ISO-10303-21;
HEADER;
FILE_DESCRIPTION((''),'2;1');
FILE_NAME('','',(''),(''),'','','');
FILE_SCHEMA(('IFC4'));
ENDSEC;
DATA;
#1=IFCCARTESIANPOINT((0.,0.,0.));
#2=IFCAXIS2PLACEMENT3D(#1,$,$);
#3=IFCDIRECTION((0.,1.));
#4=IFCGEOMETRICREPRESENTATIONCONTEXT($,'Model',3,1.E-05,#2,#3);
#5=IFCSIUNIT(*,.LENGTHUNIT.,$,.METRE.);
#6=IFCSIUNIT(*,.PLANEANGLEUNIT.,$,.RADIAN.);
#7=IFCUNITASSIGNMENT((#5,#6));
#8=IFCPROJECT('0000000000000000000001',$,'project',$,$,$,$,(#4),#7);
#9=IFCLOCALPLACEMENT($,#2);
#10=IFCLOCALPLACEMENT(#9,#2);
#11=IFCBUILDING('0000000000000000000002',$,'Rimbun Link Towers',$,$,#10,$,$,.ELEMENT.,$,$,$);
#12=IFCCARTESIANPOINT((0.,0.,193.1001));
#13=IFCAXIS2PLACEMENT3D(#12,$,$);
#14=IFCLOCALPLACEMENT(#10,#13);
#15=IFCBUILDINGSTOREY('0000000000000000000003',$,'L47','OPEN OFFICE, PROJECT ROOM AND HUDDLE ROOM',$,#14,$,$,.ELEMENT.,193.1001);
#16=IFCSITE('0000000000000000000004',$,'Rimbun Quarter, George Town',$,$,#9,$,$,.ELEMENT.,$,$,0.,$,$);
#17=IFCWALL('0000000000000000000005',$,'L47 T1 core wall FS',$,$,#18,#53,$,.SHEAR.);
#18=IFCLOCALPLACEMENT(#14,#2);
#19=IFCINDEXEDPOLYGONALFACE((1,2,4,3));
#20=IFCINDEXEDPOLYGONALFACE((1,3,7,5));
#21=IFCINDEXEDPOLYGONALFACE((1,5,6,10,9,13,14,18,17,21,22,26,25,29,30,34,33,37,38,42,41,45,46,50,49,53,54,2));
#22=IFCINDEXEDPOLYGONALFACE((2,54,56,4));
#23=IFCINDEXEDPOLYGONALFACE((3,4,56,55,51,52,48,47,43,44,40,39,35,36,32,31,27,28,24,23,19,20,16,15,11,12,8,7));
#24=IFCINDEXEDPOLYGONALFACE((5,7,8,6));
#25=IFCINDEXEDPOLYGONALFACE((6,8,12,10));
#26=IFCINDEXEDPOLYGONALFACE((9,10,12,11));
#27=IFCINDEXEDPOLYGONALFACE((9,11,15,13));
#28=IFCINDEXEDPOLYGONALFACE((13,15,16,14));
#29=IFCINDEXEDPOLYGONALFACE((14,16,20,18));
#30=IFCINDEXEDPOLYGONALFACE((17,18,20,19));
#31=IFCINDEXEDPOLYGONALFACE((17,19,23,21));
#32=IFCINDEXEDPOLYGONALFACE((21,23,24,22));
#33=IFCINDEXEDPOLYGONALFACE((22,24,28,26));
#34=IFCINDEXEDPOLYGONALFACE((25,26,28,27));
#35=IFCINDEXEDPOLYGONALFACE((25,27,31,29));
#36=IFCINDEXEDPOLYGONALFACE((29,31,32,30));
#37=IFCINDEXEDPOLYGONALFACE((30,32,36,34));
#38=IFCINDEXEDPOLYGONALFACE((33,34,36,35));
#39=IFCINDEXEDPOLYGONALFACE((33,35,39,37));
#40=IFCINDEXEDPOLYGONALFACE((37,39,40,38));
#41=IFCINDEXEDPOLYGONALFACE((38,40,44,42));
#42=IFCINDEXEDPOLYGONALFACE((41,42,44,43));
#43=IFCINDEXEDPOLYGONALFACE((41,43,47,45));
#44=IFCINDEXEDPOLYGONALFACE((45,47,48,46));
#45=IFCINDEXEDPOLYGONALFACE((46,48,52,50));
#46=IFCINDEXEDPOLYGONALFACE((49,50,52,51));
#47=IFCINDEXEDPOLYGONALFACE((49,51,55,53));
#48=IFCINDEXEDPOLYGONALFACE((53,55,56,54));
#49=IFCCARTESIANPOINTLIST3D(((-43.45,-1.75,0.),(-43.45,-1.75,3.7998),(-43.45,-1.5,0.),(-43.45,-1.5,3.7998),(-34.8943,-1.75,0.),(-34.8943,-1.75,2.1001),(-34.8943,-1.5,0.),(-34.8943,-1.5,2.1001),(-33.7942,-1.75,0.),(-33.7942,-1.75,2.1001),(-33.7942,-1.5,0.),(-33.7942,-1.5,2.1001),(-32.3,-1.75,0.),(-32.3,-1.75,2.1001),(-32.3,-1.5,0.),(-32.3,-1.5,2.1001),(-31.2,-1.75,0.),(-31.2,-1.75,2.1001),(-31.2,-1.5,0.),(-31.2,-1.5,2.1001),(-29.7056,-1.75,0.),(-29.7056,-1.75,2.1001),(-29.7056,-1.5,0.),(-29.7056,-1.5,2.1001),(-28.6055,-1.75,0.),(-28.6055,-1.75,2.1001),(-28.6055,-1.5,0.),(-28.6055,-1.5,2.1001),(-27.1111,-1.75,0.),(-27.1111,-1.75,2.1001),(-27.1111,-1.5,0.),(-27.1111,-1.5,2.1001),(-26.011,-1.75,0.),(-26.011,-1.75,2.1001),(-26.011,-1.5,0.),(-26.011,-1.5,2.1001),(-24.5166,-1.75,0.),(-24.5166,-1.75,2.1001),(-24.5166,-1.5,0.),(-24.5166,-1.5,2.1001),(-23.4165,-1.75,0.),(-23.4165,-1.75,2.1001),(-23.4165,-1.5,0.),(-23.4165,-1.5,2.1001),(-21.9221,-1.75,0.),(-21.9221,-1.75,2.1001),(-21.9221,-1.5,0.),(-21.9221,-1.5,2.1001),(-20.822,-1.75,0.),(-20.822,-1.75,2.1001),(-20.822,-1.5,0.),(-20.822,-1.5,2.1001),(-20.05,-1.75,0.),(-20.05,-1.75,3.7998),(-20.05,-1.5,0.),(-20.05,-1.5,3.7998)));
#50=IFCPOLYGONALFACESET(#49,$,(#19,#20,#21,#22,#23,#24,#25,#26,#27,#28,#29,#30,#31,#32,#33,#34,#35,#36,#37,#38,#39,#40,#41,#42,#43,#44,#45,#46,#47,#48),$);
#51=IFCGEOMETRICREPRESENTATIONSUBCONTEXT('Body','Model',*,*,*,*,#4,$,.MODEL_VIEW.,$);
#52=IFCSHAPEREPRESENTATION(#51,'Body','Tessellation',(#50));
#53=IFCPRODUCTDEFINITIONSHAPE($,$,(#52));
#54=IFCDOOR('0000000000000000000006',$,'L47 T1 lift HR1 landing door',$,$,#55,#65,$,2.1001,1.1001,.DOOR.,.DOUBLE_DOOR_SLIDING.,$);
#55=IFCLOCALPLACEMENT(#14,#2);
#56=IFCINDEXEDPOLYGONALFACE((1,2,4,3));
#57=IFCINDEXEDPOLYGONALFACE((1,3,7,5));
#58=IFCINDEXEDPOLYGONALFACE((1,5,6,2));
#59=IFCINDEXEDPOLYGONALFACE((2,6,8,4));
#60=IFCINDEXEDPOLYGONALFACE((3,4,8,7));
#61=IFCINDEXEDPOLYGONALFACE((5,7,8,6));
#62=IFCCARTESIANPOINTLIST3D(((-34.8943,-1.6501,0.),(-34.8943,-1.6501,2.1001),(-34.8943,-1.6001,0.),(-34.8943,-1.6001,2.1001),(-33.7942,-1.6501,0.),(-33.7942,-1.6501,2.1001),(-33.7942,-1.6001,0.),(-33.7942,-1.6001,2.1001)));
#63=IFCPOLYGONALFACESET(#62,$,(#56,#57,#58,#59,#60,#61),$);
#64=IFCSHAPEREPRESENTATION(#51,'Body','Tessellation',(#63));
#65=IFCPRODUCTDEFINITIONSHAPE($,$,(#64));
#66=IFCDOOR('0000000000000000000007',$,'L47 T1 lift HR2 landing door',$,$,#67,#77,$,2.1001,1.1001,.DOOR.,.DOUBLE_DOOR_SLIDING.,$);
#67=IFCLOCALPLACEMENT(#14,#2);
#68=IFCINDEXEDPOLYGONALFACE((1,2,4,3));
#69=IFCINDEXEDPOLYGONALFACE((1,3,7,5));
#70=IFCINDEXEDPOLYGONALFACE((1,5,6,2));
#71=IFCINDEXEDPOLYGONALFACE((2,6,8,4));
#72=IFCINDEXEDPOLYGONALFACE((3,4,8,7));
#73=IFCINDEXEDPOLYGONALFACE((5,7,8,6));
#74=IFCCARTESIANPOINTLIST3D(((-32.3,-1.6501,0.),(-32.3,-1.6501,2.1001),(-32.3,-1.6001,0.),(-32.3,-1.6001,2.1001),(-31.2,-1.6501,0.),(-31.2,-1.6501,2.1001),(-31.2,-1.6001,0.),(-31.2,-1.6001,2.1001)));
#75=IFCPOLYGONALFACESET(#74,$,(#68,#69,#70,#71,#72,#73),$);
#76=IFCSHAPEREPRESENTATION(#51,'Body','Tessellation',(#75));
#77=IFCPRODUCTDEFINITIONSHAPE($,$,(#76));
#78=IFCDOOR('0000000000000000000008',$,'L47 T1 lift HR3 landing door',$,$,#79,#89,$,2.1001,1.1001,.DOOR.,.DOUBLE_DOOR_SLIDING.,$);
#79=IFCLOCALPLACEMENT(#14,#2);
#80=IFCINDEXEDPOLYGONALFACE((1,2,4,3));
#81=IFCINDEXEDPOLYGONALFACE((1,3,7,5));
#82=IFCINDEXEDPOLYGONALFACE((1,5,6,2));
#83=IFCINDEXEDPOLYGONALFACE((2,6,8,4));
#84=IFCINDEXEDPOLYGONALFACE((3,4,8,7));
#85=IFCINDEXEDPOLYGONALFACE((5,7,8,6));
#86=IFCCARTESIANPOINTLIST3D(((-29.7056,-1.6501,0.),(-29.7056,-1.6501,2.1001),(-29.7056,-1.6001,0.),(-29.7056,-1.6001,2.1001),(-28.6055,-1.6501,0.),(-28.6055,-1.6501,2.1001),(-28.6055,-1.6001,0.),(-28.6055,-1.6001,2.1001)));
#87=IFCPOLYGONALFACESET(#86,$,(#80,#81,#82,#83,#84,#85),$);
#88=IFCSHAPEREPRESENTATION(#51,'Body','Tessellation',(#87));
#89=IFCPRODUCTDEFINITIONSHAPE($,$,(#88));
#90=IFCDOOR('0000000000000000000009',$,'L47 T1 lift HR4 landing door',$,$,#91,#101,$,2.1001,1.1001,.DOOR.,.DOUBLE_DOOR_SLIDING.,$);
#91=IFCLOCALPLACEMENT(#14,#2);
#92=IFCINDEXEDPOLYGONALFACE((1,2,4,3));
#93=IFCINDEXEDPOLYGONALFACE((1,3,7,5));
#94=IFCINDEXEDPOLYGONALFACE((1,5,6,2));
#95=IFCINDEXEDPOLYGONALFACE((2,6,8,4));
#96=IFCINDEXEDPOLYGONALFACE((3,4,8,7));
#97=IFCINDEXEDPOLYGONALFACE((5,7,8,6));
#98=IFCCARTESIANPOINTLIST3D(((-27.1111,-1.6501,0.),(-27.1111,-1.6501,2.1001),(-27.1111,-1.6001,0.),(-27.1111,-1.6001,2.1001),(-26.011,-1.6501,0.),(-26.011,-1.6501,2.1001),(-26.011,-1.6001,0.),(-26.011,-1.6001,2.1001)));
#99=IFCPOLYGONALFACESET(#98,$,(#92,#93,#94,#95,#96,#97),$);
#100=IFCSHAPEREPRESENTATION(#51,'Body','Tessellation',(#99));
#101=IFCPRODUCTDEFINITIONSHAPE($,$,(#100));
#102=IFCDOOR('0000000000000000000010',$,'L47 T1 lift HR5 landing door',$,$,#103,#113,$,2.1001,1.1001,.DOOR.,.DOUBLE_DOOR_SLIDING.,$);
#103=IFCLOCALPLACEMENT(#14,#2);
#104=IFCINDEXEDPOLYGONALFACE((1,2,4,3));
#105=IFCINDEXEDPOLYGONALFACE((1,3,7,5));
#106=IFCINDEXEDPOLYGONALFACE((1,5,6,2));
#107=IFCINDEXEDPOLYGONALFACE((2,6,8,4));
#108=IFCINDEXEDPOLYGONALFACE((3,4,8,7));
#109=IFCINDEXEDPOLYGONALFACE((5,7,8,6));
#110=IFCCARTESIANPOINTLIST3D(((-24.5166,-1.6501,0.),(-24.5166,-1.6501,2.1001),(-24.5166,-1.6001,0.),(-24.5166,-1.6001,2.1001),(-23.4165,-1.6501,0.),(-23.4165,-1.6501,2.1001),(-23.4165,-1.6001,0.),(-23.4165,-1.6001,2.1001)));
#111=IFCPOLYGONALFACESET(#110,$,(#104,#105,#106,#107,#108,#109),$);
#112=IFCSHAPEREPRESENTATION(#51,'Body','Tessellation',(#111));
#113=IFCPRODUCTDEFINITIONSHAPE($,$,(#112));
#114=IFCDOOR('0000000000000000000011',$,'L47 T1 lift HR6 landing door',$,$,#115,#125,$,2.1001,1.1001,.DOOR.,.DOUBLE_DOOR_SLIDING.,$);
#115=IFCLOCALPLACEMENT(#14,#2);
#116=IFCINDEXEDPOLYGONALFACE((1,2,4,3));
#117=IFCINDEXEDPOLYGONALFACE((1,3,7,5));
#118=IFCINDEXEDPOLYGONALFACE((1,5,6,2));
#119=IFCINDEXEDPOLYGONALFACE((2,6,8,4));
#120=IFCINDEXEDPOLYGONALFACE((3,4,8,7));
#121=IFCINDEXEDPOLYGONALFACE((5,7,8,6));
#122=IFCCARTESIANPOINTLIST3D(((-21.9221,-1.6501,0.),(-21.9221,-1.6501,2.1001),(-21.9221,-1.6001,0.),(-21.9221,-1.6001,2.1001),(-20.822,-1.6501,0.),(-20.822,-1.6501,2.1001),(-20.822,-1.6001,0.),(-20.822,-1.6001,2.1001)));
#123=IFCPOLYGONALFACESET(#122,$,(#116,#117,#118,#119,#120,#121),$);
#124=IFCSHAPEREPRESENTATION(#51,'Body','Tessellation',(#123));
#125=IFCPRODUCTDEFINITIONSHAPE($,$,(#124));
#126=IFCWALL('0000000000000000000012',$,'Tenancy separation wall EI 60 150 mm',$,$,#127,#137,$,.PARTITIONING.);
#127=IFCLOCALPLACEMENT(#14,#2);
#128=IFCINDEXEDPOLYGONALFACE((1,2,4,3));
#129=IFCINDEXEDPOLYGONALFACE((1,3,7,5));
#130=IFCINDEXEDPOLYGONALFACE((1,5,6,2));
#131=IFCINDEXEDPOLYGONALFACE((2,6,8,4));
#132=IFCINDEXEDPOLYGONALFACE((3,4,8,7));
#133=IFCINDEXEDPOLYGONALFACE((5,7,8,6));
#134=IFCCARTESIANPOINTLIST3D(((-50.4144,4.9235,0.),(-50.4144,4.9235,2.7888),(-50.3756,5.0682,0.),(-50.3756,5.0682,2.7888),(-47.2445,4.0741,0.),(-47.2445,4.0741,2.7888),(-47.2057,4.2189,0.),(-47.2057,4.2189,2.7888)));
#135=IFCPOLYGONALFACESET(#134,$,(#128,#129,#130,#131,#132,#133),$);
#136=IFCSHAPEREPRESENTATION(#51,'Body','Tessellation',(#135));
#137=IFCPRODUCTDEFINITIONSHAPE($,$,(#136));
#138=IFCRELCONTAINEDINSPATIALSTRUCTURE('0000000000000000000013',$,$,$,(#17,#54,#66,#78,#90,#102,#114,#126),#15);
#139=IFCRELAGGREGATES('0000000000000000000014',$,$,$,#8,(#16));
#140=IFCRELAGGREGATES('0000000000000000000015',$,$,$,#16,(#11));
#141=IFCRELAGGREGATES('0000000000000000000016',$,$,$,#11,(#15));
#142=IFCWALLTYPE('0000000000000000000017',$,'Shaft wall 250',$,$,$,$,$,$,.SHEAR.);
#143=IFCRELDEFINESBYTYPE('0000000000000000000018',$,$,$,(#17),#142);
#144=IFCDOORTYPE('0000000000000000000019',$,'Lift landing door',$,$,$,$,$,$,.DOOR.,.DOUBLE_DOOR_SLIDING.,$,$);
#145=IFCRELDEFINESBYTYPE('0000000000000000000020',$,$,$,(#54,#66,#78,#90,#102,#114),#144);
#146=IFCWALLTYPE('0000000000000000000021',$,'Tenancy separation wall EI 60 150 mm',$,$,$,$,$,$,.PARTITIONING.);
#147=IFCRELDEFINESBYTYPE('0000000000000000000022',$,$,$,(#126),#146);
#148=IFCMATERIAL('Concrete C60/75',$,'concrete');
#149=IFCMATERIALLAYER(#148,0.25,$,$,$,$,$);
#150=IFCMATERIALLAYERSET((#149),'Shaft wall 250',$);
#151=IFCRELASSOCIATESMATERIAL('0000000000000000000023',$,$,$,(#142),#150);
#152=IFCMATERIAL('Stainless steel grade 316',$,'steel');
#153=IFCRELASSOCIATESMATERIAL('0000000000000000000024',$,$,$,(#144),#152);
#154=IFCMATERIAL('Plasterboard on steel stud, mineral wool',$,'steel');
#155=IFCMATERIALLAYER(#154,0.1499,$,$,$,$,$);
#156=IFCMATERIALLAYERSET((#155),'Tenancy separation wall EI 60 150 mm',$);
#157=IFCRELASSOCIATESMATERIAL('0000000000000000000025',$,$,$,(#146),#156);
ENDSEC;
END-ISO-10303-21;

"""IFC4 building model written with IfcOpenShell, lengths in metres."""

from ifc_helpers import new_model, si_unit, direction, frame, frame_2d, origin, place, context, subcontext, project, spatial, rectangle, extrude, material, layer, layer_set, type_object, element, fill, save


model = new_model("IFC4")

# Units and contexts
model_context = context("Model", 3, precision=1e-05, world=origin(), true_north=direction((0.0, 1.0)))
body_context = subcontext(model_context, "Body", "Model", "MODEL_VIEW")
ifc_project = project(units=[si_unit("LENGTHUNIT", "METRE"), si_unit("PLANEANGLEUNIT", "RADIAN")], contexts=[model_context])

# Site, building, storey
site_placement = place(None, origin())
site = spatial("IfcSite", under=ifc_project, at=site_placement, Name="Rimbun Quarter, George Town", CompositionType="ELEMENT", RefElevation=0.0)
building_placement = place(site_placement, origin())
building = spatial("IfcBuilding", under=site, at=building_placement, Name="Rimbun Link Towers", CompositionType="ELEMENT")
storey_placement = place(building_placement, frame((0.0, 0.0, 193.1001)))
storey = spatial("IfcBuildingStorey", under=building, at=storey_placement, Name="L47", Description="OPEN OFFICE, PROJECT ROOM AND HUDDLE ROOM", CompositionType="ELEMENT", Elevation=193.1001)

# Wall, openings, doors
ifc_material_1 = material(Name="Concrete C60/75", Category="concrete")
ifc_layer_1 = layer(ifc_material_1, 0.25)
ifc_layer_set_1 = layer_set([ifc_layer_1], Name="Shaft wall 250")
wall_type_1 = type_object("IfcWallType", Name="Shaft wall 250", PredefinedType="SHEAR", material=ifc_layer_set_1)
wall_1_placement = place(storey_placement, frame((-43.45, -1.625, 0.0), z_axis=(0.0, 0.0, 1.0), x_axis=(1.0, 0.0, 0.0)))
wall_1 = element("IfcWall", 1, at=wall_1_placement, inside=storey, type_object=wall_type_1, Name="L47 T1 core wall FS", PredefinedType="SHEAR", context=body_context, shape_type="SweptSolid", body=[
    extrude(rectangle(XDim=23.3999, YDim=0.25, at=frame_2d((11.7, 0.0))), origin(), (0.0, 0.0, 1.0), 3.7998),
])
opening_1_placement = place(wall_1_placement, frame((8.5557, 0.0, 0.0)))
opening_1 = element("IfcOpeningElement", 2, at=opening_1_placement, cuts=wall_1, PredefinedType="OPENING", context=body_context, shape_type="SweptSolid", body=[
    extrude(rectangle(XDim=1.1001, YDim=2.1001, at=frame_2d((0.55, 1.05))), frame((0.0, 0.135, 0.0), z_axis=(0.0, -1.0, 0.0), x_axis=(1.0, 0.0, 0.0)), (0.0, 0.0, 1.0), 0.27),
])
opening_2_placement = place(wall_1_placement, frame((11.1499, 0.0, 0.0)))
opening_2 = element("IfcOpeningElement", 3, at=opening_2_placement, cuts=wall_1, PredefinedType="OPENING", context=body_context, shape_type="SweptSolid", body=[
    extrude(rectangle(XDim=1.1001, YDim=2.1001, at=frame_2d((0.55, 1.05))), frame((0.0, 0.135, 0.0), z_axis=(0.0, -1.0, 0.0), x_axis=(1.0, 0.0, 0.0)), (0.0, 0.0, 1.0), 0.27),
])
opening_3_placement = place(wall_1_placement, frame((13.7444, 0.0, 0.0)))
opening_3 = element("IfcOpeningElement", 4, at=opening_3_placement, cuts=wall_1, PredefinedType="OPENING", context=body_context, shape_type="SweptSolid", body=[
    extrude(rectangle(XDim=1.1001, YDim=2.1001, at=frame_2d((0.55, 1.05))), frame((0.0, 0.135, 0.0), z_axis=(0.0, -1.0, 0.0), x_axis=(1.0, 0.0, 0.0)), (0.0, 0.0, 1.0), 0.27),
])
opening_4_placement = place(wall_1_placement, frame((16.3389, 0.0, 0.0)))
opening_4 = element("IfcOpeningElement", 5, at=opening_4_placement, cuts=wall_1, PredefinedType="OPENING", context=body_context, shape_type="SweptSolid", body=[
    extrude(rectangle(XDim=1.1001, YDim=2.1001, at=frame_2d((0.55, 1.05))), frame((0.0, 0.135, 0.0), z_axis=(0.0, -1.0, 0.0), x_axis=(1.0, 0.0, 0.0)), (0.0, 0.0, 1.0), 0.27),
])
opening_5_placement = place(wall_1_placement, frame((18.9333, 0.0, 0.0)))
opening_5 = element("IfcOpeningElement", 6, at=opening_5_placement, cuts=wall_1, PredefinedType="OPENING", context=body_context, shape_type="SweptSolid", body=[
    extrude(rectangle(XDim=1.1001, YDim=2.1001, at=frame_2d((0.55, 1.05))), frame((0.0, 0.135, 0.0), z_axis=(0.0, -1.0, 0.0), x_axis=(1.0, 0.0, 0.0)), (0.0, 0.0, 1.0), 0.27),
])
opening_6_placement = place(wall_1_placement, frame((21.5278, 0.0, 0.0)))
opening_6 = element("IfcOpeningElement", 7, at=opening_6_placement, cuts=wall_1, PredefinedType="OPENING", context=body_context, shape_type="SweptSolid", body=[
    extrude(rectangle(XDim=1.1001, YDim=2.1001, at=frame_2d((0.55, 1.05))), frame((0.0, 0.135, 0.0), z_axis=(0.0, -1.0, 0.0), x_axis=(1.0, 0.0, 0.0)), (0.0, 0.0, 1.0), 0.27),
])
ifc_material_2 = material(Name="Stainless steel grade 316", Category="steel")
door_type = type_object("IfcDoorType", Name="Lift landing door", OperationType="DOUBLE_DOOR_SLIDING", PredefinedType="DOOR", material=ifc_material_2)
door_1_placement = place(opening_1_placement, origin())
door_1 = element("IfcDoor", 8, at=door_1_placement, inside=storey, type_object=door_type, Name="L47 T1 lift HR1 landing door", OperationType="DOUBLE_DOOR_SLIDING", OverallHeight=2.1001, OverallWidth=1.1001, PredefinedType="DOOR", context=body_context, shape_type="SweptSolid", body=[
    extrude(rectangle(XDim=1.1001, YDim=2.1001, at=frame_2d((0.55, 1.05))), frame((0.0, 0.0249, 0.0), z_axis=(0.0, -1.0, 0.0), x_axis=(1.0, 0.0, 0.0)), (0.0, 0.0, 1.0), 0.05),
])
fill(opening_1, door_1)
door_2_placement = place(opening_2_placement, origin())
door_2 = element("IfcDoor", 9, at=door_2_placement, inside=storey, type_object=door_type, Name="L47 T1 lift HR2 landing door", OperationType="DOUBLE_DOOR_SLIDING", OverallHeight=2.1001, OverallWidth=1.1001, PredefinedType="DOOR", context=body_context, shape_type="SweptSolid", body=[
    extrude(rectangle(XDim=1.1001, YDim=2.1001, at=frame_2d((0.55, 1.05))), frame((0.0, 0.0249, 0.0), z_axis=(0.0, -1.0, 0.0), x_axis=(1.0, 0.0, 0.0)), (0.0, 0.0, 1.0), 0.05),
])
fill(opening_2, door_2)
door_3_placement = place(opening_3_placement, origin())
door_3 = element("IfcDoor", 10, at=door_3_placement, inside=storey, type_object=door_type, Name="L47 T1 lift HR3 landing door", OperationType="DOUBLE_DOOR_SLIDING", OverallHeight=2.1001, OverallWidth=1.1001, PredefinedType="DOOR", context=body_context, shape_type="SweptSolid", body=[
    extrude(rectangle(XDim=1.1001, YDim=2.1001, at=frame_2d((0.55, 1.05))), frame((0.0, 0.0249, 0.0), z_axis=(0.0, -1.0, 0.0), x_axis=(1.0, 0.0, 0.0)), (0.0, 0.0, 1.0), 0.05),
])
fill(opening_3, door_3)
door_4_placement = place(opening_4_placement, origin())
door_4 = element("IfcDoor", 11, at=door_4_placement, inside=storey, type_object=door_type, Name="L47 T1 lift HR4 landing door", OperationType="DOUBLE_DOOR_SLIDING", OverallHeight=2.1001, OverallWidth=1.1001, PredefinedType="DOOR", context=body_context, shape_type="SweptSolid", body=[
    extrude(rectangle(XDim=1.1001, YDim=2.1001, at=frame_2d((0.55, 1.05))), frame((0.0, 0.0249, 0.0), z_axis=(0.0, -1.0, 0.0), x_axis=(1.0, 0.0, 0.0)), (0.0, 0.0, 1.0), 0.05),
])
fill(opening_4, door_4)
door_5_placement = place(opening_5_placement, origin())
door_5 = element("IfcDoor", 12, at=door_5_placement, inside=storey, type_object=door_type, Name="L47 T1 lift HR5 landing door", OperationType="DOUBLE_DOOR_SLIDING", OverallHeight=2.1001, OverallWidth=1.1001, PredefinedType="DOOR", context=body_context, shape_type="SweptSolid", body=[
    extrude(rectangle(XDim=1.1001, YDim=2.1001, at=frame_2d((0.55, 1.05))), frame((0.0, 0.0249, 0.0), z_axis=(0.0, -1.0, 0.0), x_axis=(1.0, 0.0, 0.0)), (0.0, 0.0, 1.0), 0.05),
])
fill(opening_5, door_5)
door_6_placement = place(opening_6_placement, origin())
door_6 = element("IfcDoor", 13, at=door_6_placement, inside=storey, type_object=door_type, Name="L47 T1 lift HR6 landing door", OperationType="DOUBLE_DOOR_SLIDING", OverallHeight=2.1001, OverallWidth=1.1001, PredefinedType="DOOR", context=body_context, shape_type="SweptSolid", body=[
    extrude(rectangle(XDim=1.1001, YDim=2.1001, at=frame_2d((0.55, 1.05))), frame((0.0, 0.0249, 0.0), z_axis=(0.0, -1.0, 0.0), x_axis=(1.0, 0.0, 0.0)), (0.0, 0.0, 1.0), 0.05),
])
fill(opening_6, door_6)

# Wall
ifc_material_3 = material(Name="Plasterboard on steel stud, mineral wool", Category="steel")
ifc_layer_2 = layer(ifc_material_3, 0.1499)
ifc_layer_set_2 = layer_set([ifc_layer_2], Name="Tenancy separation wall EI 60 150 mm")
wall_type_2 = type_object("IfcWallType", Name="Tenancy separation wall EI 60 150 mm", PredefinedType="PARTITIONING", material=ifc_layer_set_2)
wall_2_placement = place(storey_placement, frame((-47.2251, 4.1465, 0.0), z_axis=(0.0, 0.0, 1.0), x_axis=(-0.965927, 0.258815, 0.0)))
element("IfcWall", 14, at=wall_2_placement, inside=storey, type_object=wall_type_2, Name="Tenancy separation wall EI 60 150 mm", PredefinedType="PARTITIONING", context=body_context, shape_type="SweptSolid", body=[
    extrude(rectangle(XDim=3.2817, YDim=0.1499, at=frame_2d((1.6409, 0.0))), origin(), (0.0, 0.0, 1.0), 2.7888),
])

save(model, "model.ifc")
